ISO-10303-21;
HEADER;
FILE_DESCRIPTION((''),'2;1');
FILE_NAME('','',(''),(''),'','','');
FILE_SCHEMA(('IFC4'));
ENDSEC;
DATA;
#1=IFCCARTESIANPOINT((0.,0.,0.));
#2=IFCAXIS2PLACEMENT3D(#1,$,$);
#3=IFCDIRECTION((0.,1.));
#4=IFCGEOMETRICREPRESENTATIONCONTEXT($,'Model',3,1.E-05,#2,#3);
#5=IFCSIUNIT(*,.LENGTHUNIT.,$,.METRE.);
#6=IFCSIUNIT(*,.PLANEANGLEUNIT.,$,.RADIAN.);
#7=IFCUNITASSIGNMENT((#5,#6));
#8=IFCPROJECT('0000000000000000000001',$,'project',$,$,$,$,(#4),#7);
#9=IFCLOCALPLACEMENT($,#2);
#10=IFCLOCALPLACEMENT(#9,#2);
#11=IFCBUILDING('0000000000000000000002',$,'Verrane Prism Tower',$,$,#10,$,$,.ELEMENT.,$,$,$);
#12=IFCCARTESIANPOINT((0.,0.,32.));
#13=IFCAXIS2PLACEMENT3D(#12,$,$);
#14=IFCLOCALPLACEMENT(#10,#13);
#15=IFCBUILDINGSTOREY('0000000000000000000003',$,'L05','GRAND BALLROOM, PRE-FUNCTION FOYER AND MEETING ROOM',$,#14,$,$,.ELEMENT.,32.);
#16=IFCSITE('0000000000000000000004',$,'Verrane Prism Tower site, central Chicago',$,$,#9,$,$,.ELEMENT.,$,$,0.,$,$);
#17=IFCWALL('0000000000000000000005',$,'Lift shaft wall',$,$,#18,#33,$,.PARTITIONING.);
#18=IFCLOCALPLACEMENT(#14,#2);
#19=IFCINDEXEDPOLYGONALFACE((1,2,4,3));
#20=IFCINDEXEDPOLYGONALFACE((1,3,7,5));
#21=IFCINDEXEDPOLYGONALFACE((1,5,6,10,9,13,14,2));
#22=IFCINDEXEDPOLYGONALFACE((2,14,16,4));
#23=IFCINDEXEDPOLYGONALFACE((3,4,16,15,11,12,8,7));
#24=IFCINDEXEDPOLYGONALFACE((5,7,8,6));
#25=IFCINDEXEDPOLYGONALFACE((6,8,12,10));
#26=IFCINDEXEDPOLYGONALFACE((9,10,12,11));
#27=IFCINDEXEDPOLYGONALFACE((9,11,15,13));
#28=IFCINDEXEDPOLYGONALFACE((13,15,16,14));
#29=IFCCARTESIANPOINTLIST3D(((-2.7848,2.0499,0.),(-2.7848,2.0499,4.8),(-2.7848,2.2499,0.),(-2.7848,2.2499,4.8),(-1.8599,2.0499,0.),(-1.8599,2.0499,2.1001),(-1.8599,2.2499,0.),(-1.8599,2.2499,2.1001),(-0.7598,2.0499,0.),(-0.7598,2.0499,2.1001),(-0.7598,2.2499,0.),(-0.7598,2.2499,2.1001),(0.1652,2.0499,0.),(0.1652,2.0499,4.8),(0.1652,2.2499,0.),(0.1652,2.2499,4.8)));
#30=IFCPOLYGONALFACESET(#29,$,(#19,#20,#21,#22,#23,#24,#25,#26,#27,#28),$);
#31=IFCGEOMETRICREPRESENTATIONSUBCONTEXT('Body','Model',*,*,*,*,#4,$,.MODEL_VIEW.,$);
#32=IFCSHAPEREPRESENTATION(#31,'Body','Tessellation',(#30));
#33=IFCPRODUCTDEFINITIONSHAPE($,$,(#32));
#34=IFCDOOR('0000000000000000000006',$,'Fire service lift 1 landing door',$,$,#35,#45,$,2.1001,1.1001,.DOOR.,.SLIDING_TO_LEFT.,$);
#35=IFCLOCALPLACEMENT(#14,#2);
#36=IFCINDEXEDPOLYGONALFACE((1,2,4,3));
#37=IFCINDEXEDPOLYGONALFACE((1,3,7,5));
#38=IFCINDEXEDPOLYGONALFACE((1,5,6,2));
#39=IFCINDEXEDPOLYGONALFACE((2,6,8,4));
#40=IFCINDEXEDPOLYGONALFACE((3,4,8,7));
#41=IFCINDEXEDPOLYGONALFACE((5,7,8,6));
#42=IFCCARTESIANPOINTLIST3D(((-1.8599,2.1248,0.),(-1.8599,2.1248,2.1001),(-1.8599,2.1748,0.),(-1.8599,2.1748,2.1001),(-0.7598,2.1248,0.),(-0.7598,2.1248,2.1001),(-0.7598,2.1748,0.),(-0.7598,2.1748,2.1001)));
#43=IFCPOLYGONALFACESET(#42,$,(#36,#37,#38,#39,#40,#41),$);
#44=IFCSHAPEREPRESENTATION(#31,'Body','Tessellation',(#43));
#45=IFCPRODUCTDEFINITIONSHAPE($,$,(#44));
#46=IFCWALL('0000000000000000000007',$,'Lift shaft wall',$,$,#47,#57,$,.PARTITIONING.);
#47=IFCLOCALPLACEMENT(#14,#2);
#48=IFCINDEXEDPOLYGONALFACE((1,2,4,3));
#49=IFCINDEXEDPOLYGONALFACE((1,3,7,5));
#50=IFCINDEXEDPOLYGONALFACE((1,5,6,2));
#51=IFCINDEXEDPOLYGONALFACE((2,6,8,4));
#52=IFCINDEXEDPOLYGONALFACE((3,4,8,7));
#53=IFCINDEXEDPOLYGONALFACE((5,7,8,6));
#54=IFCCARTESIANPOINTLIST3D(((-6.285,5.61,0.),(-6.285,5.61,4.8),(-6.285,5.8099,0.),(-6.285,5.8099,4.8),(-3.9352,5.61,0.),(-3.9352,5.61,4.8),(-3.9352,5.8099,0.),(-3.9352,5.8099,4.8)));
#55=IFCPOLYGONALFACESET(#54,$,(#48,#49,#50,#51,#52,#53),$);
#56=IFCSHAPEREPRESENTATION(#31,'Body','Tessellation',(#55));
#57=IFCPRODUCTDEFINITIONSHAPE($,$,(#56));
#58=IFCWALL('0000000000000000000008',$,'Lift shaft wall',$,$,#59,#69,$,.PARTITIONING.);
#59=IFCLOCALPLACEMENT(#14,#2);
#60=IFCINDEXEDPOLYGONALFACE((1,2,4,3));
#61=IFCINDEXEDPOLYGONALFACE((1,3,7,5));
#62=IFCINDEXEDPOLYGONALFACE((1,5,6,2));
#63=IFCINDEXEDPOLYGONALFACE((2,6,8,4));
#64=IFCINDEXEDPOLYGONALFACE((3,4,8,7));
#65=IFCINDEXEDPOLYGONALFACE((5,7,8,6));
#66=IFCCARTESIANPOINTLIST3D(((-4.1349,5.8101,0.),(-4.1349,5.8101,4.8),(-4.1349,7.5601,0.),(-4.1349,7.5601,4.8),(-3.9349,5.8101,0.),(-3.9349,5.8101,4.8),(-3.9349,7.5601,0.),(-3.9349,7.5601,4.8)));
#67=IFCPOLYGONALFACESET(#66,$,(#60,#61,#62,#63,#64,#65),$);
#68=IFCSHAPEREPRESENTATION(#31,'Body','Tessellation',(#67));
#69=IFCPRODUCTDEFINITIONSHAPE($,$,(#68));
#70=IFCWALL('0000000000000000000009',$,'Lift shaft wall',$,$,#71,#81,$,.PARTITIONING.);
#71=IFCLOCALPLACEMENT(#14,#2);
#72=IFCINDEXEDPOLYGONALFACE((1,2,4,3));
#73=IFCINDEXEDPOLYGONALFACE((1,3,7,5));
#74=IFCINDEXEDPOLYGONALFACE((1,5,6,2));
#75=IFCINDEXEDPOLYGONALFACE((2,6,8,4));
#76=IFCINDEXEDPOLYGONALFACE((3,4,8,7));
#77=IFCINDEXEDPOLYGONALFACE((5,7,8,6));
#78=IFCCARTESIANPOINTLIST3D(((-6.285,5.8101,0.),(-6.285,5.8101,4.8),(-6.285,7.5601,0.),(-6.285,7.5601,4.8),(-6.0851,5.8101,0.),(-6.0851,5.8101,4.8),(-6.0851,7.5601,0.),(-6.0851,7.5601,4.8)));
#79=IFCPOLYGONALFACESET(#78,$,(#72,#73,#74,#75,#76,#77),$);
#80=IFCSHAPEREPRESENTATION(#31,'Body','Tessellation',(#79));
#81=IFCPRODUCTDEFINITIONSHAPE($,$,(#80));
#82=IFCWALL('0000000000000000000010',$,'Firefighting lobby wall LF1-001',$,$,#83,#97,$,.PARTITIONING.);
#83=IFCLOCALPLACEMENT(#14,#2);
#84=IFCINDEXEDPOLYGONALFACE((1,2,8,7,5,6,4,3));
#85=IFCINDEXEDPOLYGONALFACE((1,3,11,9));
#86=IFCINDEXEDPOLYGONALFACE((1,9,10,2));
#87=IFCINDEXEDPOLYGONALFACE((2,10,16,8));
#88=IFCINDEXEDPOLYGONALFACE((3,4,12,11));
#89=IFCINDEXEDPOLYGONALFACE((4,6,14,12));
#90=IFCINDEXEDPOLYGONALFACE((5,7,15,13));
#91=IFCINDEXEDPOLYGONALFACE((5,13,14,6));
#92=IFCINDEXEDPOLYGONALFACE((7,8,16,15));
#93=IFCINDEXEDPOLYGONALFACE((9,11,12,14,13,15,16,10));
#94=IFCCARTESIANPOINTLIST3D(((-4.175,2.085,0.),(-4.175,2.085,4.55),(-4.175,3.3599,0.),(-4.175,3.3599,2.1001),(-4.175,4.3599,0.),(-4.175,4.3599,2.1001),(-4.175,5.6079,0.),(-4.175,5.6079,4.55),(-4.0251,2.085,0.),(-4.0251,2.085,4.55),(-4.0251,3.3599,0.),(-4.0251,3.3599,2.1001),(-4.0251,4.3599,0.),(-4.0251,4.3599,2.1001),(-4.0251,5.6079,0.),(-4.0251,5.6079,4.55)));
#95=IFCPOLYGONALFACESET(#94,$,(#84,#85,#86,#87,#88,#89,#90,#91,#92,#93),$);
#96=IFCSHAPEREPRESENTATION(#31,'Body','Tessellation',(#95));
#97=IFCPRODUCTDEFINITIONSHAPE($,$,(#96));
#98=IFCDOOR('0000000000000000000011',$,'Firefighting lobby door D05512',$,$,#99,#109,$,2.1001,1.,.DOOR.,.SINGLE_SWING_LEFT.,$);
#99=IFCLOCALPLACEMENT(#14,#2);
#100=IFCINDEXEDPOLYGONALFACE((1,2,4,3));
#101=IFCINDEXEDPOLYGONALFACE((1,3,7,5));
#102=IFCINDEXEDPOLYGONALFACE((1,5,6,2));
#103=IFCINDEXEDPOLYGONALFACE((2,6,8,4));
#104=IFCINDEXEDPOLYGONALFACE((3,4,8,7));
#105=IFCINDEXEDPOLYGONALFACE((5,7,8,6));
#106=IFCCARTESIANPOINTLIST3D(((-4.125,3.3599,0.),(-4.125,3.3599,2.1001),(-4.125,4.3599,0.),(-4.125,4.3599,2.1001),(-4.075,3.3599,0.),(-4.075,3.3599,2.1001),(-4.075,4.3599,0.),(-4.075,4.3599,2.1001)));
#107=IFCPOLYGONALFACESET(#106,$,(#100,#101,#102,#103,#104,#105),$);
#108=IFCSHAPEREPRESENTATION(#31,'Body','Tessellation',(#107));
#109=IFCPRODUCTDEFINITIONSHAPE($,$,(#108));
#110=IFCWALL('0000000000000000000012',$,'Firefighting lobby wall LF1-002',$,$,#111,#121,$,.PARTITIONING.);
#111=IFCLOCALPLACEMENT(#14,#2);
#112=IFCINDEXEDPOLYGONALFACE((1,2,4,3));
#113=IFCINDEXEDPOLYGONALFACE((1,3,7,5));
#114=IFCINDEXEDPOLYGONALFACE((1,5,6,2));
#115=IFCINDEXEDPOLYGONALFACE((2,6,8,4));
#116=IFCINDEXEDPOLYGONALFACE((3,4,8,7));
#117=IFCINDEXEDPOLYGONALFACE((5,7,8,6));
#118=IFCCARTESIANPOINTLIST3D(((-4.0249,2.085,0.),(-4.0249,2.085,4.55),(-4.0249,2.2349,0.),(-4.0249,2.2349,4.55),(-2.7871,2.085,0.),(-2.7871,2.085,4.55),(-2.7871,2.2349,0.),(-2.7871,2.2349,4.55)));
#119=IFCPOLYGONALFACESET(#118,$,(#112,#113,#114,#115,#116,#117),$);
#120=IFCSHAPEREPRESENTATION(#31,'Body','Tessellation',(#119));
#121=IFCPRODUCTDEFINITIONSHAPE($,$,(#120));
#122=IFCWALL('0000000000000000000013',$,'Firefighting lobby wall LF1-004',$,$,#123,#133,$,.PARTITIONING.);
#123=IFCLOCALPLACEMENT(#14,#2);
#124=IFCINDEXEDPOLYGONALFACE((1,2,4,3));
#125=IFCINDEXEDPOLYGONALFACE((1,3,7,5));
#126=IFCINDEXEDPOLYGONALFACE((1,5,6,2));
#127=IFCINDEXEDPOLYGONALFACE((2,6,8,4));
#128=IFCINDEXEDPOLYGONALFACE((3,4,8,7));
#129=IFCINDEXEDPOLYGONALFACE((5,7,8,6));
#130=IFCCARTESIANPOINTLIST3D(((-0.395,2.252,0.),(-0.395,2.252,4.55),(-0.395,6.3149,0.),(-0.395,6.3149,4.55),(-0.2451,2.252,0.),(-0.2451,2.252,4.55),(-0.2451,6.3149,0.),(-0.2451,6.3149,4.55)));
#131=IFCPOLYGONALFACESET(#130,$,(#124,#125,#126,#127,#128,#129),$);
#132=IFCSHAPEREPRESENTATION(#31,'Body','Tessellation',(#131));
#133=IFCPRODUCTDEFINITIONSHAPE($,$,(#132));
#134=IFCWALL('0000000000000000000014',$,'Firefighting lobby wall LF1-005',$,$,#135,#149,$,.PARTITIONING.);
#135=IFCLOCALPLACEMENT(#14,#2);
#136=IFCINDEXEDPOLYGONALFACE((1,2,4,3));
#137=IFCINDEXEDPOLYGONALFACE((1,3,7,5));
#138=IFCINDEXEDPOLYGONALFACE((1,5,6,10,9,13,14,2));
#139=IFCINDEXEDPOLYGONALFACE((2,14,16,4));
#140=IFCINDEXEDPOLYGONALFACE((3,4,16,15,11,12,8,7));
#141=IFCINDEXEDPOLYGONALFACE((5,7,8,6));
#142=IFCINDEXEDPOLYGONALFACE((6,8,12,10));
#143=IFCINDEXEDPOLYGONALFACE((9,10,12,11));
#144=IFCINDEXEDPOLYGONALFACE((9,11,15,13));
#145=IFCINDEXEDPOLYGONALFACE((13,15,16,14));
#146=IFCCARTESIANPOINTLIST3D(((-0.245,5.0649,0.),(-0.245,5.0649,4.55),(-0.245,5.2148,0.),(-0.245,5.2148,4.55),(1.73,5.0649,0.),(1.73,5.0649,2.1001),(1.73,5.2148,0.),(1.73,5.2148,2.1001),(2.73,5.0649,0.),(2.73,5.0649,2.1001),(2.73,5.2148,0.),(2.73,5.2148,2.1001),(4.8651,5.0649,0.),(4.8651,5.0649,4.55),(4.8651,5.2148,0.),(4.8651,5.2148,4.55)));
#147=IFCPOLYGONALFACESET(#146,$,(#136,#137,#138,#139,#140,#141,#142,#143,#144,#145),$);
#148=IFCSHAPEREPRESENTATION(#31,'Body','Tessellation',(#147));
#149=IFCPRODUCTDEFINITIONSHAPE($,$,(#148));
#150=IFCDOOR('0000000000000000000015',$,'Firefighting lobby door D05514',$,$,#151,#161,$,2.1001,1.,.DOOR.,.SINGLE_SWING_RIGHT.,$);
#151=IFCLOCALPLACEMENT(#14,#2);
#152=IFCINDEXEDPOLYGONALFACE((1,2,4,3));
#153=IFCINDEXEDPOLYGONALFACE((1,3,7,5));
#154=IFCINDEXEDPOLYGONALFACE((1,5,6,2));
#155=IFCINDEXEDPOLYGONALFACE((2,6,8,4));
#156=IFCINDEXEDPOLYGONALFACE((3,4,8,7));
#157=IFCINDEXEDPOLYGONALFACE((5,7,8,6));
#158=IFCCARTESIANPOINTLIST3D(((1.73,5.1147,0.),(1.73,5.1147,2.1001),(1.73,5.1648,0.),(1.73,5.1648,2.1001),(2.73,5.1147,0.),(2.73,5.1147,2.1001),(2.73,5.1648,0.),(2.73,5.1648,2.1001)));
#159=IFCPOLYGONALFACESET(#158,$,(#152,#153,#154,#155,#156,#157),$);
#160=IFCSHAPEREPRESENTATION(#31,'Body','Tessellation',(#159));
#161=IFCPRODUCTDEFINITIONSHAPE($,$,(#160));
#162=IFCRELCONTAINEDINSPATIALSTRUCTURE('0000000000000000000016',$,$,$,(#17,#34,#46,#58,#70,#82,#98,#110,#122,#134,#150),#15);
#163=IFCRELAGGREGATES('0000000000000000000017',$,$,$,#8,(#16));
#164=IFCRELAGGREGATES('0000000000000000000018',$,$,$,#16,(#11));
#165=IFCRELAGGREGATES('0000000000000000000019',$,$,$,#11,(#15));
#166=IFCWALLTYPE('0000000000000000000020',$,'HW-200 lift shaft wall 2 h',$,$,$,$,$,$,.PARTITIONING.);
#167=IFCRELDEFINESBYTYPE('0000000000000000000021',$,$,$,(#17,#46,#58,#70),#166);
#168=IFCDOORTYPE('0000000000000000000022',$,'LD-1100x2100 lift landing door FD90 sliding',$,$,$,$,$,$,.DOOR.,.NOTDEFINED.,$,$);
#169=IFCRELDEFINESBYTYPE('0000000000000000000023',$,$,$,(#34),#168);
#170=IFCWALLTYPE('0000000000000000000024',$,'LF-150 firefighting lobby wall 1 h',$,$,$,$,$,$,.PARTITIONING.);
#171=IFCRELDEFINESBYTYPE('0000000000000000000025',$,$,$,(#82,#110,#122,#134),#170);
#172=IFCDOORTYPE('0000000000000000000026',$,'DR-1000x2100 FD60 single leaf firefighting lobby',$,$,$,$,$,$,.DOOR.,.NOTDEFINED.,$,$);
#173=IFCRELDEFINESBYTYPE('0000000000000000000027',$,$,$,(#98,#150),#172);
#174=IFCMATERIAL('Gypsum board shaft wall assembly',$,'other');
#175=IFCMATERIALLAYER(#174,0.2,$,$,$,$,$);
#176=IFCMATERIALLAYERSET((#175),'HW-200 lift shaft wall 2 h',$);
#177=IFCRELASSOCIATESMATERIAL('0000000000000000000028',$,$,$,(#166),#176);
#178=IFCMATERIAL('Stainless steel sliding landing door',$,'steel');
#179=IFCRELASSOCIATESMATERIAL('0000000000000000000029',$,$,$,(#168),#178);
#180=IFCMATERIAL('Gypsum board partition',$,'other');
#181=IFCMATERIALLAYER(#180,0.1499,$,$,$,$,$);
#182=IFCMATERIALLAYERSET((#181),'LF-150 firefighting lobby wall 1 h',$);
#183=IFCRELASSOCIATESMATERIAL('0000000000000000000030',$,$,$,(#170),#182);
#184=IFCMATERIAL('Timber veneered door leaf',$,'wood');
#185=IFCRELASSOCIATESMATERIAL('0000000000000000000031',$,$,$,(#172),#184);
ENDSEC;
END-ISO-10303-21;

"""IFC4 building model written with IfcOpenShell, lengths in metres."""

from ifc_helpers import new_model, si_unit, direction, frame, frame_2d, origin, place, context, subcontext, project, spatial, rectangle, extrude, material, layer, layer_set, type_object, element, fill, save


model = new_model("IFC4")

# Units and contexts
model_context = context("Model", 3, precision=1e-05, world=origin(), true_north=direction((0.0, 1.0)))
body_context = subcontext(model_context, "Body", "Model", "MODEL_VIEW")
ifc_project = project(units=[si_unit("LENGTHUNIT", "METRE"), si_unit("PLANEANGLEUNIT", "RADIAN")], contexts=[model_context])

# Site, building, storey
site_placement = place(None, origin())
site = spatial("IfcSite", under=ifc_project, at=site_placement, Name="Verrane Prism Tower site, central Chicago", CompositionType="ELEMENT", RefElevation=0.0)
building_placement = place(site_placement, origin())
building = spatial("IfcBuilding", under=site, at=building_placement, Name="Verrane Prism Tower", CompositionType="ELEMENT")
storey_placement = place(building_placement, frame((0.0, 0.0, 32.0)))
storey = spatial("IfcBuildingStorey", under=building, at=storey_placement, Name="L05", Description="GRAND BALLROOM, PRE-FUNCTION FOYER AND MEETING ROOM", CompositionType="ELEMENT", Elevation=32.0)

# Wall, opening, door
ifc_material_1 = material(Name="Gypsum board shaft wall assembly", Category="other")
ifc_layer_1 = layer(ifc_material_1, 0.2)
ifc_layer_set_1 = layer_set([ifc_layer_1], Name="HW-200 lift shaft wall 2 h")
wall_type_1 = type_object("IfcWallType", Name="HW-200 lift shaft wall 2 h", PredefinedType="PARTITIONING", material=ifc_layer_set_1)
wall_1_placement = place(storey_placement, frame((-2.7849, 2.1499, 0.0), z_axis=(0.0, 0.0, 1.0), x_axis=(1.0, 0.0, 0.0)))
wall_1 = element("IfcWall", 1, at=wall_1_placement, inside=storey, type_object=wall_type_1, Name="Lift shaft wall", PredefinedType="PARTITIONING", context=body_context, shape_type="SweptSolid", body=[
    extrude(rectangle(XDim=2.95, YDim=0.2, at=frame_2d((1.4751, 0.0))), origin(), (0.0, 0.0, 1.0), 4.8),
])
opening_1_placement = place(wall_1_placement, frame((0.925, 0.0, 0.0)))
opening_1 = element("IfcOpeningElement", 2, at=opening_1_placement, cuts=wall_1, PredefinedType="OPENING", context=body_context, shape_type="SweptSolid", body=[
    extrude(rectangle(XDim=1.1001, YDim=2.1001, at=frame_2d((0.55, 1.05))), frame((0.0, 0.1099, 0.0), z_axis=(0.0, -1.0, 0.0), x_axis=(1.0, 0.0, 0.0)), (0.0, 0.0, 1.0), 0.22),
])
ifc_material_2 = material(Name="Stainless steel sliding landing door", Category="steel")
door_type_1 = type_object("IfcDoorType", Name="LD-1100x2100 lift landing door FD90 sliding", OperationType="NOTDEFINED", PredefinedType="DOOR", material=ifc_material_2)
door_1_placement = place(opening_1_placement, origin())
door_1 = element("IfcDoor", 3, at=door_1_placement, inside=storey, type_object=door_type_1, Name="Fire service lift 1 landing door", OperationType="SLIDING_TO_LEFT", OverallHeight=2.1001, OverallWidth=1.1001, PredefinedType="DOOR", context=body_context, shape_type="SweptSolid", body=[
    extrude(rectangle(XDim=1.1001, YDim=2.1001, at=frame_2d((0.55, 1.05))), frame((0.0, 0.0249, 0.0), z_axis=(0.0, -1.0, 0.0), x_axis=(1.0, 0.0, 0.0)), (0.0, 0.0, 1.0), 0.05),
])
fill(opening_1, door_1)

# Walls
wall_2_placement = place(storey_placement, frame((-6.2849, 5.71, 0.0), z_axis=(0.0, 0.0, 1.0), x_axis=(1.0, 0.0, 0.0)))
element("IfcWall", 4, at=wall_2_placement, inside=storey, type_object=wall_type_1, Name="Lift shaft wall", PredefinedType="PARTITIONING", context=body_context, shape_type="SweptSolid", body=[
    extrude(rectangle(XDim=2.3499, YDim=0.2, at=frame_2d((1.1748, 0.0))), origin(), (0.0, 0.0, 1.0), 4.8),
])
for number, where, z_axis, x_axis, name in (
    (5, (-4.0349, 5.8101, 0.0), (0.0, 0.0, 1.0), (0.0, 1.0, 0.0), "Lift shaft wall"),
    (6, (-6.1851, 5.8101, 0.0), (0.0, 0.0, 1.0), (0.0, 1.0, 0.0), "Lift shaft wall"),
):
    element("IfcWall", number, at=place(storey_placement, frame(where, z_axis=z_axis, x_axis=x_axis)), inside=storey, type_object=wall_type_1, Name=name, PredefinedType="PARTITIONING", context=body_context, shape_type="SweptSolid", body=[
        extrude(rectangle(XDim=1.75, YDim=0.2, at=frame_2d((0.875, 0.0))), origin(), (0.0, 0.0, 1.0), 4.8),
    ])

# Wall, opening, door
ifc_material_3 = material(Name="Gypsum board partition", Category="other")
ifc_layer_2 = layer(ifc_material_3, 0.1499)
ifc_layer_set_2 = layer_set([ifc_layer_2], Name="LF-150 firefighting lobby wall 1 h")
wall_type_2 = type_object("IfcWallType", Name="LF-150 firefighting lobby wall 1 h", PredefinedType="PARTITIONING", material=ifc_layer_set_2)
wall_3_placement = place(storey_placement, frame((-4.1001, 2.085, 0.0), z_axis=(0.0, 0.0, 1.0), x_axis=(0.0, 1.0, 0.0)))
wall_3 = element("IfcWall", 7, at=wall_3_placement, inside=storey, type_object=wall_type_2, Name="Firefighting lobby wall LF1-001", PredefinedType="PARTITIONING", context=body_context, shape_type="SweptSolid", body=[
    extrude(rectangle(XDim=3.5229, YDim=0.1499, at=frame_2d((1.7615, 0.0))), origin(), (0.0, 0.0, 1.0), 4.55),
])
opening_2_placement = place(wall_3_placement, frame((1.2749, 0.0, 0.0)))
opening_2 = element("IfcOpeningElement", 8, at=opening_2_placement, cuts=wall_3, PredefinedType="OPENING", context=body_context, shape_type="SweptSolid", body=[
    extrude(rectangle(XDim=1.0, YDim=2.1001, at=frame_2d((0.5, 1.05))), frame((0.0, 0.085, 0.0), z_axis=(0.0, -1.0, 0.0), x_axis=(1.0, 0.0, 0.0)), (0.0, 0.0, 1.0), 0.1699),
])
ifc_material_4 = material(Name="Timber veneered door leaf", Category="wood")
door_type_2 = type_object("IfcDoorType", Name="DR-1000x2100 FD60 single leaf firefighting lobby", OperationType="NOTDEFINED", PredefinedType="DOOR", material=ifc_material_4)
door_2_placement = place(opening_2_placement, origin())
door_2 = element("IfcDoor", 9, at=door_2_placement, inside=storey, type_object=door_type_2, Name="Firefighting lobby door D05512", OperationType="SINGLE_SWING_LEFT", OverallHeight=2.1001, OverallWidth=1.0, PredefinedType="DOOR", context=body_context, shape_type="SweptSolid", body=[
    extrude(rectangle(XDim=1.0, YDim=2.1001, at=frame_2d((0.5, 1.05))), frame((0.0, 0.0249, 0.0), z_axis=(0.0, -1.0, 0.0), x_axis=(1.0, 0.0, 0.0)), (0.0, 0.0, 1.0), 0.05),
])
fill(opening_2, door_2)

# Walls
wall_4_placement = place(storey_placement, frame((-4.0249, 2.1599, 0.0), z_axis=(0.0, 0.0, 1.0), x_axis=(1.0, 0.0, 0.0)))
element("IfcWall", 10, at=wall_4_placement, inside=storey, type_object=wall_type_2, Name="Firefighting lobby wall LF1-002", PredefinedType="PARTITIONING", context=body_context, shape_type="SweptSolid", body=[
    extrude(rectangle(XDim=1.2378, YDim=0.1499, at=frame_2d((0.6189, 0.0))), origin(), (0.0, 0.0, 1.0), 4.55),
])
wall_5_placement = place(storey_placement, frame((-0.3201, 2.252, 0.0), z_axis=(0.0, 0.0, 1.0), x_axis=(0.0, 1.0, 0.0)))
element("IfcWall", 11, at=wall_5_placement, inside=storey, type_object=wall_type_2, Name="Firefighting lobby wall LF1-004", PredefinedType="PARTITIONING", context=body_context, shape_type="SweptSolid", body=[
    extrude(rectangle(XDim=4.063, YDim=0.1499, at=frame_2d((2.0315, 0.0))), origin(), (0.0, 0.0, 1.0), 4.55),
])

# Wall, opening, door
wall_6_placement = place(storey_placement, frame((-0.2451, 5.1399, 0.0), z_axis=(0.0, 0.0, 1.0), x_axis=(1.0, 0.0, 0.0)))
wall_6 = element("IfcWall", 12, at=wall_6_placement, inside=storey, type_object=wall_type_2, Name="Firefighting lobby wall LF1-005", PredefinedType="PARTITIONING", context=body_context, shape_type="SweptSolid", body=[
    extrude(rectangle(XDim=5.1101, YDim=0.1499, at=frame_2d((2.5552, 0.0))), origin(), (0.0, 0.0, 1.0), 4.55),
])
opening_3_placement = place(wall_6_placement, frame((1.9751, 0.0, 0.0)))
opening_3 = element("IfcOpeningElement", 13, at=opening_3_placement, cuts=wall_6, PredefinedType="OPENING", context=body_context, shape_type="SweptSolid", body=[
    extrude(rectangle(XDim=1.0, YDim=2.1001, at=frame_2d((0.5, 1.05))), frame((0.0, 0.085, 0.0), z_axis=(0.0, -1.0, 0.0), x_axis=(1.0, 0.0, 0.0)), (0.0, 0.0, 1.0), 0.1699),
])
door_3_placement = place(opening_3_placement, origin())
door_3 = element("IfcDoor", 14, at=door_3_placement, inside=storey, type_object=door_type_2, Name="Firefighting lobby door D05514", OperationType="SINGLE_SWING_RIGHT", OverallHeight=2.1001, OverallWidth=1.0, PredefinedType="DOOR", context=body_context, shape_type="SweptSolid", body=[
    extrude(rectangle(XDim=1.0, YDim=2.1001, at=frame_2d((0.5, 1.05))), frame((0.0, 0.0249, 0.0), z_axis=(0.0, -1.0, 0.0), x_axis=(1.0, 0.0, 0.0)), (0.0, 0.0, 1.0), 0.05),
])
fill(opening_3, door_3)

save(model, "model.ifc")
